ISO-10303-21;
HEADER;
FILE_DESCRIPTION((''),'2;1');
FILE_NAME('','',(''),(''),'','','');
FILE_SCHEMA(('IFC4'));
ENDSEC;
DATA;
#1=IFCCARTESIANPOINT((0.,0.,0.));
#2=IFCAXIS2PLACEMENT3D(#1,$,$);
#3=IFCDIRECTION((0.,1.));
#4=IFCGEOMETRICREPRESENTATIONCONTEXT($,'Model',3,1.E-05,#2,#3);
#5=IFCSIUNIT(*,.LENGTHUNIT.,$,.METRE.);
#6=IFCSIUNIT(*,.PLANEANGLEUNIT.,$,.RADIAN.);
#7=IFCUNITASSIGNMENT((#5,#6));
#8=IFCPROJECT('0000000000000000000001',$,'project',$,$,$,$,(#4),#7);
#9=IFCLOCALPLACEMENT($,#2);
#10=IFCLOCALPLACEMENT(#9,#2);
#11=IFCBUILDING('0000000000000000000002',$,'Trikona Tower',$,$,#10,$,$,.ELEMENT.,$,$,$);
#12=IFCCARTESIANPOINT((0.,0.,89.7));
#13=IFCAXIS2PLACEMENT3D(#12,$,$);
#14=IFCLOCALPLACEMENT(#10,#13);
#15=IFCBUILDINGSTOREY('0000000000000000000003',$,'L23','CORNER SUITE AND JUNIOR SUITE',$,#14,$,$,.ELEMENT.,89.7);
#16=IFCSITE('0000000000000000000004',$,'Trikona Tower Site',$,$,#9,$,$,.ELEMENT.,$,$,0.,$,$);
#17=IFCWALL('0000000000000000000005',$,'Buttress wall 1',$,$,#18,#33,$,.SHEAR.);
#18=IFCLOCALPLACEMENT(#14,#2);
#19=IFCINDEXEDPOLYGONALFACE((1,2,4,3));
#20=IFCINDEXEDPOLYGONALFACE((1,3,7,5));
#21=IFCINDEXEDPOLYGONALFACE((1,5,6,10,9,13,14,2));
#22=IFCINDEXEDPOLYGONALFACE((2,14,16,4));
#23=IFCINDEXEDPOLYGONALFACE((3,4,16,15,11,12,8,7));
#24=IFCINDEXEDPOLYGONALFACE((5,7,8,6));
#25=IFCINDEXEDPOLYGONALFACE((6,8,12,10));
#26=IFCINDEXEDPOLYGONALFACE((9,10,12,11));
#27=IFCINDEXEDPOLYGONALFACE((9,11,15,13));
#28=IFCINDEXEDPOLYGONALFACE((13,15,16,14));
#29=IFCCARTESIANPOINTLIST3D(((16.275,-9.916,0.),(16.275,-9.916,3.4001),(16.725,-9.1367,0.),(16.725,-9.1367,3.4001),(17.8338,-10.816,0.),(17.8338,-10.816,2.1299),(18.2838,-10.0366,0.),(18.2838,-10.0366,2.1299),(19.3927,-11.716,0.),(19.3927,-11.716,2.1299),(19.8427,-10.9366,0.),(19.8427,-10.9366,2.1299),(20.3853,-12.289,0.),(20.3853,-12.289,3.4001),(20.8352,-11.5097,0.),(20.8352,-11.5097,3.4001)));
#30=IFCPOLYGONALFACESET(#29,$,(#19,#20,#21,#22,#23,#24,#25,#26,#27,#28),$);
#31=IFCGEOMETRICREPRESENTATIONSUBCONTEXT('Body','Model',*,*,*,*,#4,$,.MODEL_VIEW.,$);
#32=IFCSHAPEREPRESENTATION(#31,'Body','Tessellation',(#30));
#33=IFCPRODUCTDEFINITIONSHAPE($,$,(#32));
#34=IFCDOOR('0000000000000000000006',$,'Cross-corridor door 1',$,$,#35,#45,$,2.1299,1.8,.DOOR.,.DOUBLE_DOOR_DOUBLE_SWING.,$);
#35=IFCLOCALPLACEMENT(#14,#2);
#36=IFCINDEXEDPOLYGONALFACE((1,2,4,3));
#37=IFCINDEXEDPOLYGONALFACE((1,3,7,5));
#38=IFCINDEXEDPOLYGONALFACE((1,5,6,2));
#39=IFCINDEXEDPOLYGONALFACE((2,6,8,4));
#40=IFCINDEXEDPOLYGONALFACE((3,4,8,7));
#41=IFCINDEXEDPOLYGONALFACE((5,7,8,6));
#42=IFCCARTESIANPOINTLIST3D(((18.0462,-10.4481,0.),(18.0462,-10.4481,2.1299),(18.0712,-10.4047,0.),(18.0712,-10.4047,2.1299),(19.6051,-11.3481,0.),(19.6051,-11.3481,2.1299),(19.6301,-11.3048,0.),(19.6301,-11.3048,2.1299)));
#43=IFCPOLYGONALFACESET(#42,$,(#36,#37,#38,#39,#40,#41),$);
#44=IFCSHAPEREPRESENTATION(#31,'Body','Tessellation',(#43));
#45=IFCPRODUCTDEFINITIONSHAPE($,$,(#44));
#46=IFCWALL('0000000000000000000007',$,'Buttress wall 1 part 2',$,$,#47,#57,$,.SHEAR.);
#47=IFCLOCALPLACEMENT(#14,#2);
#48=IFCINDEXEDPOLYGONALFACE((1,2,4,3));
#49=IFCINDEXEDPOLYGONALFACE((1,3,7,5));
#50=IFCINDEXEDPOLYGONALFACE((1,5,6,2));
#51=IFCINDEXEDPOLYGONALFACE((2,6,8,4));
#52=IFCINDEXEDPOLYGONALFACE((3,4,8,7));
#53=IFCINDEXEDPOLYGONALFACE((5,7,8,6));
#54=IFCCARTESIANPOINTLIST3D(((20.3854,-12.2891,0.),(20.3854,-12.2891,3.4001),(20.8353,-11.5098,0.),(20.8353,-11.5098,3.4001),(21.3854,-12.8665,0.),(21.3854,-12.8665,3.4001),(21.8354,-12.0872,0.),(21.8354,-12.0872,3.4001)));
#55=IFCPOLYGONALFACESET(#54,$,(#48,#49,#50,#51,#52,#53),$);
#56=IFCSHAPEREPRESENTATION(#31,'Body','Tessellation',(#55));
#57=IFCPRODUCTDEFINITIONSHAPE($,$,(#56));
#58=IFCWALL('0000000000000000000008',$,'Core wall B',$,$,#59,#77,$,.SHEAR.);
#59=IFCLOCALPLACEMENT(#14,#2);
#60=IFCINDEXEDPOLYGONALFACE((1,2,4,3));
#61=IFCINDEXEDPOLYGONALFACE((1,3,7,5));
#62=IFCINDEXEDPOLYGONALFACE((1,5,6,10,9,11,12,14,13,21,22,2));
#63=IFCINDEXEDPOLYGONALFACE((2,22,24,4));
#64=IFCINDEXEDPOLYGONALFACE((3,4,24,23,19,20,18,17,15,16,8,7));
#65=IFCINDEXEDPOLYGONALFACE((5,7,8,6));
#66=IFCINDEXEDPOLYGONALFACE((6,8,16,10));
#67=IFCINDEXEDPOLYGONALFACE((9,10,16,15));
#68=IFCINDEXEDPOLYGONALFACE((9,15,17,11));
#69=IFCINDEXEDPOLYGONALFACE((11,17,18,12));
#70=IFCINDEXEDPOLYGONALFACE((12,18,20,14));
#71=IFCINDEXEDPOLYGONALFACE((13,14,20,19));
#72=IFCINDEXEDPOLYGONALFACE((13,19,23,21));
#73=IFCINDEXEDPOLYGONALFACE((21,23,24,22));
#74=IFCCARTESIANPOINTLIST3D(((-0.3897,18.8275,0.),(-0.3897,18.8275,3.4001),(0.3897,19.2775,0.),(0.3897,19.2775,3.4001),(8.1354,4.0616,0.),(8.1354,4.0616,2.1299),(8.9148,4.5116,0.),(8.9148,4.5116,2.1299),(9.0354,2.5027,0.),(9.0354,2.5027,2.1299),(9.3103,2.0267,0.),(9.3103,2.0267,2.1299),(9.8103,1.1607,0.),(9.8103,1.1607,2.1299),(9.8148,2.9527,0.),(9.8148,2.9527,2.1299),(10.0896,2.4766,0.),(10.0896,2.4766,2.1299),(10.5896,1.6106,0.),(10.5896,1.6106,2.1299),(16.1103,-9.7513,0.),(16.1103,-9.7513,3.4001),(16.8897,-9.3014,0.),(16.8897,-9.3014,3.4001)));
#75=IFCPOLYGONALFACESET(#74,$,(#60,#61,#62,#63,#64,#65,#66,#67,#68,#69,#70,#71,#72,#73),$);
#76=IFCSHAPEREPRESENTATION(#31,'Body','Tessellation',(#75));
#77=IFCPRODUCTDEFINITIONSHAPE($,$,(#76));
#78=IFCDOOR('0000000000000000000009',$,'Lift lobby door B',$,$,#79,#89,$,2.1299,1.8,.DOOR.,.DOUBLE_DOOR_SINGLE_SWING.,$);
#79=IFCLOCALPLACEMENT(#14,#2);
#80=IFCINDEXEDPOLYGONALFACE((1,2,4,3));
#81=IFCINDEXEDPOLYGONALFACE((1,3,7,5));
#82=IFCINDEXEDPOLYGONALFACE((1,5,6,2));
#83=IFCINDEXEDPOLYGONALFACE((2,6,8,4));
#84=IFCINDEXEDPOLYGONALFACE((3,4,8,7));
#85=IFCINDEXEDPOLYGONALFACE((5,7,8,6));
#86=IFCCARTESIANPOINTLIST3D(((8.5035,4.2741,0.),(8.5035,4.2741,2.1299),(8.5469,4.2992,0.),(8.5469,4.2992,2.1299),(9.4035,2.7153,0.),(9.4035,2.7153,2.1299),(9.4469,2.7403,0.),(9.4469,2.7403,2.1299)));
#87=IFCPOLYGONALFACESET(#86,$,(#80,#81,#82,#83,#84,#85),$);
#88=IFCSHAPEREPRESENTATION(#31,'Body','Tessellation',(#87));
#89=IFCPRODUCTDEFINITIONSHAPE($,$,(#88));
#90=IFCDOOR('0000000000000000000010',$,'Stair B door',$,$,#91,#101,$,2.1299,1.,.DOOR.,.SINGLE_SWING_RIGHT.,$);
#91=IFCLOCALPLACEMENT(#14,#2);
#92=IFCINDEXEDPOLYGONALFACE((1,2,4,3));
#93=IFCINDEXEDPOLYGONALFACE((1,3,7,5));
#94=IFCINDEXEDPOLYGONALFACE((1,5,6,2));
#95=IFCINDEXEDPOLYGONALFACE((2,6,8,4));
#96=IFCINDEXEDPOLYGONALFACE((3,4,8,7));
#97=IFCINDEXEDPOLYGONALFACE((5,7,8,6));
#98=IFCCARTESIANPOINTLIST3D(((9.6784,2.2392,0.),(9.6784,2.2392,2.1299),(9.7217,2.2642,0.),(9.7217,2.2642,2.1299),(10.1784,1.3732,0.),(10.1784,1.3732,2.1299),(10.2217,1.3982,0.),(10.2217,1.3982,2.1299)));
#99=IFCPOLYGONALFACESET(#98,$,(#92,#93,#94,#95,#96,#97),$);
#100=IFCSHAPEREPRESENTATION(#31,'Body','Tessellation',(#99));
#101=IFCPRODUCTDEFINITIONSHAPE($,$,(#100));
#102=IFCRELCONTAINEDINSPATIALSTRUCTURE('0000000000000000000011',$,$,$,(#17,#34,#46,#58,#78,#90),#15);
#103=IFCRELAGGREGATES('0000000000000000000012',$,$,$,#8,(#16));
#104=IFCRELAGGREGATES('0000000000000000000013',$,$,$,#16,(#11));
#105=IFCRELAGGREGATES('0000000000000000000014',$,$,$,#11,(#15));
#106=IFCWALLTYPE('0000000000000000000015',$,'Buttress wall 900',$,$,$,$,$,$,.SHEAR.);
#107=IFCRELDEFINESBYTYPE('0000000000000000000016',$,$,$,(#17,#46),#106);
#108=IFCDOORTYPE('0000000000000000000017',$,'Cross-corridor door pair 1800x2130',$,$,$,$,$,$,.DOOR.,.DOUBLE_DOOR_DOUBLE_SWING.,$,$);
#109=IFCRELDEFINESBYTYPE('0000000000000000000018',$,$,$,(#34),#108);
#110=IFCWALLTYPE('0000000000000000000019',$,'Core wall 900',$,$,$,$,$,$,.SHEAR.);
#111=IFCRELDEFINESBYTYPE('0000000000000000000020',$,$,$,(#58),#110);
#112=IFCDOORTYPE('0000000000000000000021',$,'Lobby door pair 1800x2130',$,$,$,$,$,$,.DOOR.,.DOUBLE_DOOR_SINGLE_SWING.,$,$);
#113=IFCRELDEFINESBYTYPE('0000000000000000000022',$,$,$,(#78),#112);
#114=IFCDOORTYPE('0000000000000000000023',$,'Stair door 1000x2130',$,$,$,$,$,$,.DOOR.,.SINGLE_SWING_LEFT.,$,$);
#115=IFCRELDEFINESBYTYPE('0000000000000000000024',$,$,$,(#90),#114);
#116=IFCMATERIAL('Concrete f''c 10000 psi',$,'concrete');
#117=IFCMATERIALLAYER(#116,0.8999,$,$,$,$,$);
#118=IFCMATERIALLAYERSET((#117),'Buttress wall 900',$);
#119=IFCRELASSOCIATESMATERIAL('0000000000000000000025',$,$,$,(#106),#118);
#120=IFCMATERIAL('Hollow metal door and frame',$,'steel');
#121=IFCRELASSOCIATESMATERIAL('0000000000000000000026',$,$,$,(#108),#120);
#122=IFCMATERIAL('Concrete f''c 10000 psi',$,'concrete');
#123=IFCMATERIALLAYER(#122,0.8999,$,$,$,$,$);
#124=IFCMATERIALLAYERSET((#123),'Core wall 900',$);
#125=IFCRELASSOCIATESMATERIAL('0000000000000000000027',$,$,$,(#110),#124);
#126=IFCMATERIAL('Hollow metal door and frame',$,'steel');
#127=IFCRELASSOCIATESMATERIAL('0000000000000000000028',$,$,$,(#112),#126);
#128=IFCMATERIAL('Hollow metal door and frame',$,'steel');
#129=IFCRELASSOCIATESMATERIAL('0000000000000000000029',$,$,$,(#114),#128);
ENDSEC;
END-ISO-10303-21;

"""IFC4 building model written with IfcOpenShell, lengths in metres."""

from ifc_helpers import new_model, si_unit, direction, frame, frame_2d, origin, place, context, subcontext, project, spatial, rectangle, extrude, material, layer, layer_set, type_object, element, fill, save


model = new_model("IFC4")

# Units and contexts
model_context = context("Model", 3, precision=1e-05, world=origin(), true_north=direction((0.0, 1.0)))
body_context = subcontext(model_context, "Body", "Model", "MODEL_VIEW")
ifc_project = project(units=[si_unit("LENGTHUNIT", "METRE"), si_unit("PLANEANGLEUNIT", "RADIAN")], contexts=[model_context])

# Site, building, storey
site_placement = place(None, origin())
site = spatial("IfcSite", under=ifc_project, at=site_placement, Name="Trikona Tower Site", CompositionType="ELEMENT", RefElevation=0.0)
building_placement = place(site_placement, origin())
building = spatial("IfcBuilding", under=site, at=building_placement, Name="Trikona Tower", CompositionType="ELEMENT")
storey_placement = place(building_placement, frame((0.0, 0.0, 89.7)))
storey = spatial("IfcBuildingStorey", under=building, at=storey_placement, Name="L23", Description="CORNER SUITE AND JUNIOR SUITE", CompositionType="ELEMENT", Elevation=89.7)

# Wall, opening, door
ifc_material_1 = material(Name="Concrete f'c 10000 psi", Category="concrete")
ifc_layer_1 = layer(ifc_material_1, 0.8999)
ifc_layer_set_1 = layer_set([ifc_layer_1], Name="Buttress wall 900")
wall_type_1 = type_object("IfcWallType", Name="Buttress wall 900", PredefinedType="SHEAR", material=ifc_layer_set_1)
wall_1_placement = place(storey_placement, frame((16.5, -9.5264, 0.0), z_axis=(0.0, 0.0, 1.0), x_axis=(0.866031, -0.49999, 0.0)))
wall_1 = element("IfcWall", 1, at=wall_1_placement, inside=storey, type_object=wall_type_1, Name="Buttress wall 1", PredefinedType="SHEAR", context=body_context, shape_type="SweptSolid", body=[
    extrude(rectangle(XDim=4.7461, YDim=0.8999, at=frame_2d((2.373, 0.0))), origin(), (0.0, 0.0, 1.0), 3.4001),
])
opening_1_placement = place(wall_1_placement, frame((1.8, 0.0, 0.0)))
opening_1 = element("IfcOpeningElement", 2, at=opening_1_placement, cuts=wall_1, PredefinedType="OPENING", context=body_context, shape_type="SweptSolid", body=[
    extrude(rectangle(XDim=1.8, YDim=2.1299, at=frame_2d((0.8999, 1.0649))), frame((0.0, 0.46, 0.0), z_axis=(0.0, -1.0, 0.0), x_axis=(1.0, 0.0, 0.0)), (0.0, 0.0, 1.0), 0.9199),
])
ifc_material_2 = material(Name="Hollow metal door and frame", Category="steel")
door_type_1 = type_object("IfcDoorType", Name="Cross-corridor door pair 1800x2130", OperationType="DOUBLE_DOOR_DOUBLE_SWING", PredefinedType="DOOR", material=ifc_material_2)
door_1_placement = place(opening_1_placement, origin())
door_1 = element("IfcDoor", 3, at=door_1_placement, inside=storey, type_object=door_type_1, Name="Cross-corridor door 1", OperationType="DOUBLE_DOOR_DOUBLE_SWING", OverallHeight=2.1299, OverallWidth=1.8, PredefinedType="DOOR", context=body_context, shape_type="SweptSolid", body=[
    extrude(rectangle(XDim=1.8, YDim=2.1299, at=frame_2d((0.8999, 1.0649))), frame((0.0, 0.0249, 0.0), z_axis=(0.0, -1.0, 0.0), x_axis=(1.0, 0.0, 0.0)), (0.0, 0.0, 1.0), 0.05),
])
fill(opening_1, door_1)

# Wall
wall_2_placement = place(storey_placement, frame((20.6104, -11.8994, 0.0), z_axis=(0.0, 0.0, 1.0), x_axis=(0.86601, -0.500027, 0.0)))
element("IfcWall", 4, at=wall_2_placement, inside=storey, type_object=wall_type_1, Name="Buttress wall 1 part 2", PredefinedType="SHEAR", context=body_context, shape_type="SweptSolid", body=[
    extrude(rectangle(XDim=1.1548, YDim=0.8999, at=frame_2d((0.5774, 0.0))), origin(), (0.0, 0.0, 1.0), 3.4001),
])

# Wall, openings, doors
ifc_material_3 = material(Name="Concrete f'c 10000 psi", Category="concrete")
ifc_layer_2 = layer(ifc_material_3, 0.8999)
ifc_layer_set_2 = layer_set([ifc_layer_2], Name="Core wall 900")
wall_type_2 = type_object("IfcWallType", Name="Core wall 900", PredefinedType="SHEAR", material=ifc_layer_set_2)
wall_3_placement = place(storey_placement, frame((16.5, -9.5264, 0.0), z_axis=(0.0, 0.0, 1.0), x_axis=(-0.5, 0.866026, 0.0)))
wall_3 = element("IfcWall", 5, at=wall_3_placement, inside=storey, type_object=wall_type_2, Name="Core wall B", PredefinedType="SHEAR", context=body_context, shape_type="SweptSolid", body=[
    extrude(rectangle(XDim=33.0, YDim=0.8999, at=frame_2d((16.5, 0.0))), origin(), (0.0, 0.0, 1.0), 3.4001),
])
opening_2_placement = place(wall_3_placement, frame((14.1499, 0.0, 0.0)))
opening_2 = element("IfcOpeningElement", 6, at=opening_2_placement, cuts=wall_3, PredefinedType="OPENING", context=body_context, shape_type="SweptSolid", body=[
    extrude(rectangle(XDim=1.8, YDim=2.1299, at=frame_2d((0.8999, 1.0649))), frame((0.0, 0.46, 0.0), z_axis=(0.0, -1.0, 0.0), x_axis=(1.0, 0.0, 0.0)), (0.0, 0.0, 1.0), 0.9199),
])
opening_3_placement = place(wall_3_placement, frame((12.6001, 0.0, 0.0)))
opening_3 = element("IfcOpeningElement", 7, at=opening_3_placement, cuts=wall_3, PredefinedType="OPENING", context=body_context, shape_type="SweptSolid", body=[
    extrude(rectangle(XDim=1.0, YDim=2.1299, at=frame_2d((0.5, 1.0649))), frame((0.0, 0.46, 0.0), z_axis=(0.0, -1.0, 0.0), x_axis=(1.0, 0.0, 0.0)), (0.0, 0.0, 1.0), 0.9199),
])
ifc_material_4 = material(Name="Hollow metal door and frame", Category="steel")
door_type_2 = type_object("IfcDoorType", Name="Lobby door pair 1800x2130", OperationType="DOUBLE_DOOR_SINGLE_SWING", PredefinedType="DOOR", material=ifc_material_4)
door_2_placement = place(opening_2_placement, origin())
door_2 = element("IfcDoor", 8, at=door_2_placement, inside=storey, type_object=door_type_2, Name="Lift lobby door B", OperationType="DOUBLE_DOOR_SINGLE_SWING", OverallHeight=2.1299, OverallWidth=1.8, PredefinedType="DOOR", context=body_context, shape_type="SweptSolid", body=[
    extrude(rectangle(XDim=1.8, YDim=2.1299, at=frame_2d((0.8999, 1.0649))), frame((0.0, 0.0249, 0.0), z_axis=(0.0, -1.0, 0.0), x_axis=(1.0, 0.0, 0.0)), (0.0, 0.0, 1.0), 0.05),
])
fill(opening_2, door_2)
ifc_material_5 = material(Name="Hollow metal door and frame", Category="steel")
door_type_3 = type_object("IfcDoorType", Name="Stair door 1000x2130", OperationType="SINGLE_SWING_LEFT", PredefinedType="DOOR", material=ifc_material_5)
door_3_placement = place(opening_3_placement, origin())
door_3 = element("IfcDoor", 9, at=door_3_placement, inside=storey, type_object=door_type_3, Name="Stair B door", OperationType="SINGLE_SWING_RIGHT", OverallHeight=2.1299, OverallWidth=1.0, PredefinedType="DOOR", context=body_context, shape_type="SweptSolid", body=[
    extrude(rectangle(XDim=1.0, YDim=2.1299, at=frame_2d((0.5, 1.0649))), frame((0.0, 0.0249, 0.0), z_axis=(0.0, -1.0, 0.0), x_axis=(1.0, 0.0, 0.0)), (0.0, 0.0, 1.0), 0.05),
])
fill(opening_3, door_3)

save(model, "model.ifc")
